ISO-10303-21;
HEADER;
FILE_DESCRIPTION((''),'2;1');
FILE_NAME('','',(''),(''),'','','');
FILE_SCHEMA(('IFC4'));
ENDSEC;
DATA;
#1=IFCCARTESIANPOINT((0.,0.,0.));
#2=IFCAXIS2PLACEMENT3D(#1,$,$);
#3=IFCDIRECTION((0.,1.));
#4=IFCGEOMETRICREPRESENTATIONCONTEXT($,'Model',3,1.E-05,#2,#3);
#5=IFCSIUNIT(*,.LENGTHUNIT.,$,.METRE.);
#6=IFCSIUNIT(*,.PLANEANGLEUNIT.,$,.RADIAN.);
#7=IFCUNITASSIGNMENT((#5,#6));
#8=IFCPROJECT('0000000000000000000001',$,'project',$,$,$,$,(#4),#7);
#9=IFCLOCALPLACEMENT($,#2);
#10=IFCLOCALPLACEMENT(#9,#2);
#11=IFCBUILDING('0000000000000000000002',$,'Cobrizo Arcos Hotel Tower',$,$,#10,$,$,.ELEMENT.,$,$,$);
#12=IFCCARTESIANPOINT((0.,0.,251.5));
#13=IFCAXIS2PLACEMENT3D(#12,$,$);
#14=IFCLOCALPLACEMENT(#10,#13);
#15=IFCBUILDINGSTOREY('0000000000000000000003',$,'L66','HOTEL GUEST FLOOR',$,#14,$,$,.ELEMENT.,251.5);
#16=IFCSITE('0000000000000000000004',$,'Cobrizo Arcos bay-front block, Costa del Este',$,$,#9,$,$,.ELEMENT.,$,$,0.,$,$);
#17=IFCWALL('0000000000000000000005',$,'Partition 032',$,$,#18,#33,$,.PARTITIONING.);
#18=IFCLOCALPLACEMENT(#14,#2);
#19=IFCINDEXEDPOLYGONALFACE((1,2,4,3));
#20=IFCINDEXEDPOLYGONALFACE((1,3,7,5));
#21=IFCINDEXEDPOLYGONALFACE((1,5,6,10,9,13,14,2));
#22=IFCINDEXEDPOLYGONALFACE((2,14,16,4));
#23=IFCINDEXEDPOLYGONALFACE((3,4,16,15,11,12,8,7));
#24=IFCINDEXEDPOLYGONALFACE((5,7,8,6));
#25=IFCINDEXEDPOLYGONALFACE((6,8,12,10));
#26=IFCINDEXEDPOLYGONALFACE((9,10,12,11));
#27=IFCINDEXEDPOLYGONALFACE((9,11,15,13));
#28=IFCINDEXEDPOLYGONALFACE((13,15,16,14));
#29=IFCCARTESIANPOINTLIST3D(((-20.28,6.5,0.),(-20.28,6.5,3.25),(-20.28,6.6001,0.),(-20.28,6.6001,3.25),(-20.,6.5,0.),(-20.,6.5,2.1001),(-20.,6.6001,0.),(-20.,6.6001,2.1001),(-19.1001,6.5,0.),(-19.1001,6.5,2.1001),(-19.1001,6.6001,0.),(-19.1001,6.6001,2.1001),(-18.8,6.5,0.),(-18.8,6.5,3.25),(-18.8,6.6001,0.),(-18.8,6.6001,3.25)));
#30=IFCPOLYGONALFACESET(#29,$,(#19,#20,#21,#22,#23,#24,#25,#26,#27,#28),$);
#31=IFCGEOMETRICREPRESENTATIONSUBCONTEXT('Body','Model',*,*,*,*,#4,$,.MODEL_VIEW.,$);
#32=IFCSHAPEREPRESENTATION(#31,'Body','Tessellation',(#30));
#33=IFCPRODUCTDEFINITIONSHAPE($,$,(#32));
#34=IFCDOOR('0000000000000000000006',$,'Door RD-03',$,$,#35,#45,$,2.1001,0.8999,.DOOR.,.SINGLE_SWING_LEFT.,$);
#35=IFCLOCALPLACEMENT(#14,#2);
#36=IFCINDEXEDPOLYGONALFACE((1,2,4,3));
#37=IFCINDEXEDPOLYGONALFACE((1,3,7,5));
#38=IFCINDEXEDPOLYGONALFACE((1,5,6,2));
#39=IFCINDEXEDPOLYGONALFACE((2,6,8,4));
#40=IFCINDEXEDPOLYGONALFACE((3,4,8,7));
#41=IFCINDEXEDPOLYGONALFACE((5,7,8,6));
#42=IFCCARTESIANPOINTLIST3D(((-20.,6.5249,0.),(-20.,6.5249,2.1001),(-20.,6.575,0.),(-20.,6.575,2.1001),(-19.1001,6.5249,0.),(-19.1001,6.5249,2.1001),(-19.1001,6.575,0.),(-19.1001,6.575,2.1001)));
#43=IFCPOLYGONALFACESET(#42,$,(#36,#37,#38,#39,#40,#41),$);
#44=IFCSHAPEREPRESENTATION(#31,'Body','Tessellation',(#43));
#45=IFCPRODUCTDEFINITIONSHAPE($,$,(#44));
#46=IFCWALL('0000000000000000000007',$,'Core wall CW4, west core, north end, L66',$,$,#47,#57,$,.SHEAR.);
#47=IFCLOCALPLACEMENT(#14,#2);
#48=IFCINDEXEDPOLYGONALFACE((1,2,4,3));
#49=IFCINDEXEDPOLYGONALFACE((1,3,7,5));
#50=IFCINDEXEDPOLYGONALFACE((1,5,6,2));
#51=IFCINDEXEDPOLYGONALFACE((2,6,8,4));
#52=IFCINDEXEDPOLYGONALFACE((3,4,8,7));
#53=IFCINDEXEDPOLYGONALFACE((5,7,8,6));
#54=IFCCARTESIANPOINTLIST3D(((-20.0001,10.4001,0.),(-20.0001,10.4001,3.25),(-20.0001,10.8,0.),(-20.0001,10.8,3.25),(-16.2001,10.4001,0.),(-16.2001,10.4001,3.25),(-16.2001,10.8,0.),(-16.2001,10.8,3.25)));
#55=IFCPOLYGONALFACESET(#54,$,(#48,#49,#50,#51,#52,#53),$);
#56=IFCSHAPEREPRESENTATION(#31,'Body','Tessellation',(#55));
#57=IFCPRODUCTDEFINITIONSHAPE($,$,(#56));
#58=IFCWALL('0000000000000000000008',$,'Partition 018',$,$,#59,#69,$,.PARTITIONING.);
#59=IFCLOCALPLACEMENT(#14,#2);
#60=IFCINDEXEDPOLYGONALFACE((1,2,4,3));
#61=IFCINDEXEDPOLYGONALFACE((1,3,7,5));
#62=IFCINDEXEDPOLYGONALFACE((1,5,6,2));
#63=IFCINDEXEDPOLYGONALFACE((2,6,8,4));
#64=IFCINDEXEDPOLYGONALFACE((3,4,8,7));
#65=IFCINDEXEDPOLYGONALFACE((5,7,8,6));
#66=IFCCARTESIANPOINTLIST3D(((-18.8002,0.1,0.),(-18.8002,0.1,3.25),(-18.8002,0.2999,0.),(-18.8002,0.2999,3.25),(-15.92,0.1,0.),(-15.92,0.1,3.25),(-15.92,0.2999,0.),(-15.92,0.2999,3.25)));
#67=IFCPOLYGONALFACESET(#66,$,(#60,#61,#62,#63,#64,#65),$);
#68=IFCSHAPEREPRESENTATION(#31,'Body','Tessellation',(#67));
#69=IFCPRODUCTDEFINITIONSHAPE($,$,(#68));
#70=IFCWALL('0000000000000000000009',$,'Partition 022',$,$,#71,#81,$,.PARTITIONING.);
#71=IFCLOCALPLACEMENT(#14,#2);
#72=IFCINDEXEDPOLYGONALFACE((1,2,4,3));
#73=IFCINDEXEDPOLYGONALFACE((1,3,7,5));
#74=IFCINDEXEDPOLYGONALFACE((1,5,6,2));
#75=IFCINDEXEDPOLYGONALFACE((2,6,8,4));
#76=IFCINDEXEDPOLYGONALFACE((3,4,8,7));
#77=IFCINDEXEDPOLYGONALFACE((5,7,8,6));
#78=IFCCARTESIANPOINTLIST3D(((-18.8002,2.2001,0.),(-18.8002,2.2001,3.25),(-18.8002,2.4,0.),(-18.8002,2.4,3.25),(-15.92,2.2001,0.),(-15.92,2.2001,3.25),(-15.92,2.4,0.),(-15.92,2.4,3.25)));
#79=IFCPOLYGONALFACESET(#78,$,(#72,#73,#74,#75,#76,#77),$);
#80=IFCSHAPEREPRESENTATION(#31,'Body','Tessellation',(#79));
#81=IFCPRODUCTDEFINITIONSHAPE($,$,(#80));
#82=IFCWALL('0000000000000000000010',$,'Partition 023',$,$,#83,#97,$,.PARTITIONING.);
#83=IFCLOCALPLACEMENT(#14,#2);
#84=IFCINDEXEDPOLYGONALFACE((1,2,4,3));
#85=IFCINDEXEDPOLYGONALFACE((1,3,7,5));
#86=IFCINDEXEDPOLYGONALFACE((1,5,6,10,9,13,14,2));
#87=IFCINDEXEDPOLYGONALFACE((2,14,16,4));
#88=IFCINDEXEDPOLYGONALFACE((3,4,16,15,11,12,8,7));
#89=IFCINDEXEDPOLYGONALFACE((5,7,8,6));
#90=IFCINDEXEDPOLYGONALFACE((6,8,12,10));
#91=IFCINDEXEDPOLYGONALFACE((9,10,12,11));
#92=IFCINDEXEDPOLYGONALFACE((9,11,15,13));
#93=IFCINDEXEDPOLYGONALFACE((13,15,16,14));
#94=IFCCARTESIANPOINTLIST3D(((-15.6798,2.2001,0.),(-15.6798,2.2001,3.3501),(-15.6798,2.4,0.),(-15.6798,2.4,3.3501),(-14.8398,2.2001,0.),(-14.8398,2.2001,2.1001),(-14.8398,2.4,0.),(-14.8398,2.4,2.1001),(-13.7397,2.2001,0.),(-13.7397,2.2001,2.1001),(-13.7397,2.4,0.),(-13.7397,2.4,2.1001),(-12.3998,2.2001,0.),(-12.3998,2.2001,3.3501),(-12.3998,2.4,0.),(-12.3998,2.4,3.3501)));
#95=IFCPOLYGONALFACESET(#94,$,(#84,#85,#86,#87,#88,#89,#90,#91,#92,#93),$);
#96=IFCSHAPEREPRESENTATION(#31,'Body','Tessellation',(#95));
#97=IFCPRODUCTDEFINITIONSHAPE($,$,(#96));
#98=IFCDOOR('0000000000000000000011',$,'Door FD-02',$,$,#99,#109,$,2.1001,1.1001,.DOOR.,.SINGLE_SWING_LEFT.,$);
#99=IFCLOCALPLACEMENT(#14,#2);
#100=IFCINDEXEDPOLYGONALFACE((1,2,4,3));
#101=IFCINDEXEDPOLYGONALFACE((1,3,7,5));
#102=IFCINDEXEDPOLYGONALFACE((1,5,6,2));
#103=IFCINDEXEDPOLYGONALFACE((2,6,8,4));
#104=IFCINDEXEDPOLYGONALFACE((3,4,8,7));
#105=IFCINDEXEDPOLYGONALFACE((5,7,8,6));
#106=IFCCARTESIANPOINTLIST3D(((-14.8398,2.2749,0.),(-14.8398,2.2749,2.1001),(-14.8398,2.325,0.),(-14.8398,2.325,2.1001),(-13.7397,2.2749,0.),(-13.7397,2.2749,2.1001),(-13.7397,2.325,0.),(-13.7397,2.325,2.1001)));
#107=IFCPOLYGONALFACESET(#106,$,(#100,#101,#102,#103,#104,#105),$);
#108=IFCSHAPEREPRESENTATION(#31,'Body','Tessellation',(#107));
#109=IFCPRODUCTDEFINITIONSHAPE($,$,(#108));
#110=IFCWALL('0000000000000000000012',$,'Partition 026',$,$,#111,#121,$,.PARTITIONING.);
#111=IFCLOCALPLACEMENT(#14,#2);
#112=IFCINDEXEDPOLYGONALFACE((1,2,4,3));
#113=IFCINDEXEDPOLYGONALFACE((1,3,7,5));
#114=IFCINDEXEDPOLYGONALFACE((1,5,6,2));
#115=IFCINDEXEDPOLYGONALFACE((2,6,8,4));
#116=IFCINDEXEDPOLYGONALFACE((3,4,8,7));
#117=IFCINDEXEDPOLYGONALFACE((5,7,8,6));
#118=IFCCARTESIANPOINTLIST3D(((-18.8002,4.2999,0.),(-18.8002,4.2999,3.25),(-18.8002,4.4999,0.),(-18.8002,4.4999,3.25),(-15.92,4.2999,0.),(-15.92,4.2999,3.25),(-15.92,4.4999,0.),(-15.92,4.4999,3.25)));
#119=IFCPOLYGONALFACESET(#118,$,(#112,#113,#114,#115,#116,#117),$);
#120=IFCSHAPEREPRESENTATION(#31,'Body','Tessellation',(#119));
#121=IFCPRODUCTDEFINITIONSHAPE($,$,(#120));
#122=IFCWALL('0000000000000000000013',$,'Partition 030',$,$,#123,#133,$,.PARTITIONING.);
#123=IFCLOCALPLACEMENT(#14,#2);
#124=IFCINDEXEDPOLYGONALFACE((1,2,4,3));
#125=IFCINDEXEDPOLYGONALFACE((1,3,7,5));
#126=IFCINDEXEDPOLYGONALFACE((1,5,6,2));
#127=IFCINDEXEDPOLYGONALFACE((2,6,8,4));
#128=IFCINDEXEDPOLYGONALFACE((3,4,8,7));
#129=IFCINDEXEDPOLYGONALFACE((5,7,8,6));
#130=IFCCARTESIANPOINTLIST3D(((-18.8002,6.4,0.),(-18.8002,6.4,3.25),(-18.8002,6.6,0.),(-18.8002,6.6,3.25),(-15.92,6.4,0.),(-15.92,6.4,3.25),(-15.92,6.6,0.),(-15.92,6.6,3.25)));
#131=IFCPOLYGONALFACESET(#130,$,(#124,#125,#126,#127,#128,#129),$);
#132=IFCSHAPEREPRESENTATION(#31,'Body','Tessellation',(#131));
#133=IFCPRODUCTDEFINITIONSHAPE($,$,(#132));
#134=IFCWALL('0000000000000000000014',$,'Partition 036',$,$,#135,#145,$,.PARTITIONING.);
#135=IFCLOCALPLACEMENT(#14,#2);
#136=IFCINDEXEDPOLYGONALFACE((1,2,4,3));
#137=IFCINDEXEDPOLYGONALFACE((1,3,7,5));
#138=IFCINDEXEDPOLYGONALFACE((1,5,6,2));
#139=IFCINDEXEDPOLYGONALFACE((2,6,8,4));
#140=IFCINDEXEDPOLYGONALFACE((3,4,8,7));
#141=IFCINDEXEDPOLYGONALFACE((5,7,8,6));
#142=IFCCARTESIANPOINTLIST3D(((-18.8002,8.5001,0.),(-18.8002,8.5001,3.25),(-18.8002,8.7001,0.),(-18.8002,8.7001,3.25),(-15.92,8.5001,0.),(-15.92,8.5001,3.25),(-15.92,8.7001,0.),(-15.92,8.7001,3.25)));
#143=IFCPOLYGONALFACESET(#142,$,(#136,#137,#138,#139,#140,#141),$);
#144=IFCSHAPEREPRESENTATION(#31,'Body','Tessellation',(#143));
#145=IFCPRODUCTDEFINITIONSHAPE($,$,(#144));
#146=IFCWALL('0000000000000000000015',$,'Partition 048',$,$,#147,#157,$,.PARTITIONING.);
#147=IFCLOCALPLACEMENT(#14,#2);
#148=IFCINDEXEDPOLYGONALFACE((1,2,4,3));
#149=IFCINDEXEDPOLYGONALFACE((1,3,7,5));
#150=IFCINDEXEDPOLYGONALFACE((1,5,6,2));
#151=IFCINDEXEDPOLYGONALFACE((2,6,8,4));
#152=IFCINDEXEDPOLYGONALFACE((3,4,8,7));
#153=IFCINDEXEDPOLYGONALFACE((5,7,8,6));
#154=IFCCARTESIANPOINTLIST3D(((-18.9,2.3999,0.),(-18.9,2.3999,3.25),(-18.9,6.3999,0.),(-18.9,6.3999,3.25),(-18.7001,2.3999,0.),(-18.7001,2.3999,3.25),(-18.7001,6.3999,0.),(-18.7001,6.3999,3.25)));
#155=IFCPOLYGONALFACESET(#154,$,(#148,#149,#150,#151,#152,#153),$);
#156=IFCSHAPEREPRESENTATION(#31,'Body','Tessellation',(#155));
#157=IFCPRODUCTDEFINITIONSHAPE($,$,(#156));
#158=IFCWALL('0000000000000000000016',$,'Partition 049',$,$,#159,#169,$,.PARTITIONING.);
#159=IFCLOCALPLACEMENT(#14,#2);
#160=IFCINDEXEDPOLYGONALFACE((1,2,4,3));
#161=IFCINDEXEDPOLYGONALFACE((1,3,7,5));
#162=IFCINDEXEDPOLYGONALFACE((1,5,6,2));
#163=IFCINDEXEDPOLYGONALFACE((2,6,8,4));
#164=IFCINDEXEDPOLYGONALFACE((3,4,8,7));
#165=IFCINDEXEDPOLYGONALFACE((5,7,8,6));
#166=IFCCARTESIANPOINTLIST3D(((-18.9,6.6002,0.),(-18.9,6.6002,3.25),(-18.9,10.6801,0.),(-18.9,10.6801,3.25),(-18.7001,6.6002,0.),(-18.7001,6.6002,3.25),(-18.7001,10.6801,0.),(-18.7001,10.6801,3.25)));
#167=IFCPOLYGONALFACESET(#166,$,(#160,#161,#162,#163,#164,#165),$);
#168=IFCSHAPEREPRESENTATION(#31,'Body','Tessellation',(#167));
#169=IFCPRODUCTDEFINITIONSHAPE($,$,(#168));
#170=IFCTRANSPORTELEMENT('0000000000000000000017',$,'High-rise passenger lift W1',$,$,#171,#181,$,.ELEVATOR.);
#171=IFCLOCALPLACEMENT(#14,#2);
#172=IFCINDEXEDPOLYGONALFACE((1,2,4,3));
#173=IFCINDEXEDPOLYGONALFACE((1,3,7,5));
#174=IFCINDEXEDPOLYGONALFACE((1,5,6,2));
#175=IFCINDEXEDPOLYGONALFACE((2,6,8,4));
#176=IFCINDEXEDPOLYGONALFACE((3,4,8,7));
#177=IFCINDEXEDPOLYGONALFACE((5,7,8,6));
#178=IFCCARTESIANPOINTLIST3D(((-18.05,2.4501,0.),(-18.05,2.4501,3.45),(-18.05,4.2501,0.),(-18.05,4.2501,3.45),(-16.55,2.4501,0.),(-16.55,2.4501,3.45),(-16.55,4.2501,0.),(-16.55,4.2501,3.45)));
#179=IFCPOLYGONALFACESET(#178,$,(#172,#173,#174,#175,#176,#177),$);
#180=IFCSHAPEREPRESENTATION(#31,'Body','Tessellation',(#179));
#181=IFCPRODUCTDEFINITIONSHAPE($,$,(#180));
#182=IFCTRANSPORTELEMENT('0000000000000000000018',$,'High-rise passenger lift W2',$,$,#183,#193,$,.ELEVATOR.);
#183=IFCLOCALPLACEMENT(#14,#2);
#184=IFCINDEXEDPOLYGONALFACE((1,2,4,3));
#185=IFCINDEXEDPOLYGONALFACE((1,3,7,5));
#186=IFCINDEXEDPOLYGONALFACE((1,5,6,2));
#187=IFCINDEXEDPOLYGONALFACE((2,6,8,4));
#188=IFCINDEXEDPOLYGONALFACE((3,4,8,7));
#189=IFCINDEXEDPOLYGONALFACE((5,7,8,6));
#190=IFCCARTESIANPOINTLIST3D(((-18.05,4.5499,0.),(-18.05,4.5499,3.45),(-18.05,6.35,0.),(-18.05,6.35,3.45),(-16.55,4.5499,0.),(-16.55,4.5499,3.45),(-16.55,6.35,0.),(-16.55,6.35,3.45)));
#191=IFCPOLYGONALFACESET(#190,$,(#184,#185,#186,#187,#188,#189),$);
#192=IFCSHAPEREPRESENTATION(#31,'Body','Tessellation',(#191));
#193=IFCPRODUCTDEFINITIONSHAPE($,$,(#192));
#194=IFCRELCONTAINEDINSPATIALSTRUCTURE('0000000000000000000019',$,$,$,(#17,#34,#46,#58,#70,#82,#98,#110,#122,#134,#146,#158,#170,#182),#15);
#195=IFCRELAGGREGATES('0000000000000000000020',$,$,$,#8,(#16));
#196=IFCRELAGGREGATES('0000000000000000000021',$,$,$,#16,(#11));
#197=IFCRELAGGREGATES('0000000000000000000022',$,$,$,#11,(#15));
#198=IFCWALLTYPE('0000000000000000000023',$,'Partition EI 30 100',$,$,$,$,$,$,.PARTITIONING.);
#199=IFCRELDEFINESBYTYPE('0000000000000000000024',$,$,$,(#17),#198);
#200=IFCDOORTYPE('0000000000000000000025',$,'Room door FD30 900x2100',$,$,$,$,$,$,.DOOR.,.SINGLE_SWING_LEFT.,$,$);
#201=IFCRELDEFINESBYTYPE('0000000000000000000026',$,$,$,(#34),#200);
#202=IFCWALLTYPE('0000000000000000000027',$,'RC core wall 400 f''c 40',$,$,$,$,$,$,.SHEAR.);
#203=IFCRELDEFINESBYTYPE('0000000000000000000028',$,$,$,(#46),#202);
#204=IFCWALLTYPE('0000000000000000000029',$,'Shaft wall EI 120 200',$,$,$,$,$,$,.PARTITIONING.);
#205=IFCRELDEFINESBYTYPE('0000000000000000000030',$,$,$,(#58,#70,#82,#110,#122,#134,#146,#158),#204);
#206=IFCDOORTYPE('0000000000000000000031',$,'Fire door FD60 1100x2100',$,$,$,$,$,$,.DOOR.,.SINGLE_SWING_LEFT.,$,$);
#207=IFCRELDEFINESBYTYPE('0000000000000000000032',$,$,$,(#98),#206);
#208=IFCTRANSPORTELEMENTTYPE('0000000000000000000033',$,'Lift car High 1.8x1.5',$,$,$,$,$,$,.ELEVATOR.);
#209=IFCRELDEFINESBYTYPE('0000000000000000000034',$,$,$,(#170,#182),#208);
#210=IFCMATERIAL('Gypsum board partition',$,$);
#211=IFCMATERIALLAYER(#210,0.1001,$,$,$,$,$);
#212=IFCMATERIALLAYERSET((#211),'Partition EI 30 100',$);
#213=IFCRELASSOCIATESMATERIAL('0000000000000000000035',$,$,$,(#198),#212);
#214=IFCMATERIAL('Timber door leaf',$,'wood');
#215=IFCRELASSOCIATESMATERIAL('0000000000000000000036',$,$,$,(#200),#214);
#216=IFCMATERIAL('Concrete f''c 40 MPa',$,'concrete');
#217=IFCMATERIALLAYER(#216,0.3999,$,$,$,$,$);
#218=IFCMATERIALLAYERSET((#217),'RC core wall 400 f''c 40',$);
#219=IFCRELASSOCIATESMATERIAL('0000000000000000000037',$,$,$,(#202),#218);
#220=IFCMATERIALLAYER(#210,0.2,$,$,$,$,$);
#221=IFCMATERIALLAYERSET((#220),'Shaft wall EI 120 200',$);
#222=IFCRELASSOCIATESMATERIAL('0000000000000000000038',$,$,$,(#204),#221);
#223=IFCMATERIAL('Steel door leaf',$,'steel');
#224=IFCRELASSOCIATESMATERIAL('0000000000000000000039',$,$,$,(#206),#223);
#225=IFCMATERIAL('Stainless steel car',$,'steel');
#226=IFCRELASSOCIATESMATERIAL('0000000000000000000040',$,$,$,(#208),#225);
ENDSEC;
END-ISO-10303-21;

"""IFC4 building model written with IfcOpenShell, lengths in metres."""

from ifc_helpers import new_model, si_unit, direction, frame, frame_2d, origin, origin_2d, place, context, subcontext, project, spatial, rectangle, extrude, material, layer, layer_set, type_object, element, fill, save


model = new_model("IFC4")

# Units and contexts
model_context = context("Model", 3, precision=1e-05, world=origin(), true_north=direction((0.0, 1.0)))
body_context = subcontext(model_context, "Body", "Model", "MODEL_VIEW")
ifc_project = project(units=[si_unit("LENGTHUNIT", "METRE"), si_unit("PLANEANGLEUNIT", "RADIAN")], contexts=[model_context])

# Site, building, storey
site_placement = place(None, origin())
site = spatial("IfcSite", under=ifc_project, at=site_placement, Name="Cobrizo Arcos bay-front block, Costa del Este", CompositionType="ELEMENT", RefElevation=0.0)
building_placement = place(site_placement, origin())
building = spatial("IfcBuilding", under=site, at=building_placement, Name="Cobrizo Arcos Hotel Tower", CompositionType="ELEMENT")
storey_placement = place(building_placement, frame((0.0, 0.0, 251.5)))
storey = spatial("IfcBuildingStorey", under=building, at=storey_placement, Name="L66", Description="HOTEL GUEST FLOOR", CompositionType="ELEMENT", Elevation=251.5)

# Wall, opening, door
ifc_material_1 = material(Name="Gypsum board partition")
ifc_layer_1 = layer(ifc_material_1, 0.1001)
ifc_layer_set_1 = layer_set([ifc_layer_1], Name="Partition EI 30 100")
wall_type_1 = type_object("IfcWallType", Name="Partition EI 30 100", PredefinedType="PARTITIONING", material=ifc_layer_set_1)
ifc_material_2 = material(Name="Timber door leaf", Category="wood")
door_type_1 = type_object("IfcDoorType", Name="Room door FD30 900x2100", OperationType="SINGLE_SWING_LEFT", PredefinedType="DOOR", material=ifc_material_2)
wall_1_placement = place(storey_placement, frame((-20.28, 6.55, 0.0), z_axis=(0.0, 0.0, 1.0), x_axis=(1.0, 0.0, 0.0)))
wall_1 = element("IfcWall", 1, at=wall_1_placement, inside=storey, type_object=wall_type_1, Name="Partition 032", PredefinedType="PARTITIONING", context=body_context, shape_type="SweptSolid", body=[
    extrude(rectangle(XDim=1.48, YDim=0.1001, at=frame_2d((0.74, 0.0))), origin(), (0.0, 0.0, 1.0), 3.25),
])
opening_1_placement = place(wall_1_placement, frame((0.28, 0.0, 0.0)))
opening_1 = element("IfcOpeningElement", 2, at=opening_1_placement, cuts=wall_1, PredefinedType="OPENING", context=body_context, shape_type="SweptSolid", body=[
    extrude(rectangle(XDim=0.8999, YDim=2.1001, at=frame_2d((0.45, 1.05))), frame((0.0, 0.062, 0.0), z_axis=(0.0, -1.0, 0.0), x_axis=(1.0, 0.0, 0.0)), (0.0, 0.0, 1.0), 0.124),
])
door_1_placement = place(opening_1_placement, origin())
door_1 = element("IfcDoor", 3, at=door_1_placement, inside=storey, type_object=door_type_1, Name="Door RD-03", OperationType="SINGLE_SWING_LEFT", OverallHeight=2.1001, OverallWidth=0.8999, PredefinedType="DOOR", context=body_context, shape_type="SweptSolid", body=[
    extrude(rectangle(XDim=0.8999, YDim=2.1001, at=frame_2d((0.45, 1.05))), frame((0.0, 0.0249, 0.0), z_axis=(0.0, -1.0, 0.0), x_axis=(1.0, 0.0, 0.0)), (0.0, 0.0, 1.0), 0.05),
])
fill(opening_1, door_1)

# Walls
ifc_material_3 = material(Name="Concrete f'c 40 MPa", Category="concrete")
ifc_layer_2 = layer(ifc_material_3, 0.3999)
ifc_layer_set_2 = layer_set([ifc_layer_2], Name="RC core wall 400 f'c 40")
wall_type_2 = type_object("IfcWallType", Name="RC core wall 400 f'c 40", PredefinedType="SHEAR", material=ifc_layer_set_2)
wall_2_placement = place(storey_placement, frame((-20.0, 10.6001, 0.0), z_axis=(0.0, 0.0, 1.0), x_axis=(1.0, 0.0, 0.0)))
element("IfcWall", 4, at=wall_2_placement, inside=storey, type_object=wall_type_2, Name="Core wall CW4, west core, north end, L66", PredefinedType="SHEAR", context=body_context, shape_type="SweptSolid", body=[
    extrude(rectangle(XDim=3.8, YDim=0.3999, at=frame_2d((1.8999, 0.0))), origin(), (0.0, 0.0, 1.0), 3.25),
])
ifc_layer_3 = layer(ifc_material_1, 0.2)
ifc_layer_set_3 = layer_set([ifc_layer_3], Name="Shaft wall EI 120 200")
wall_type_3 = type_object("IfcWallType", Name="Shaft wall EI 120 200", PredefinedType="PARTITIONING", material=ifc_layer_set_3)
for number, where, z_axis, x_axis, name in (
    (5, (-18.8, 0.2, 0.0), (0.0, 0.0, 1.0), (1.0, 0.0, 0.0), "Partition 018"),
    (6, (-18.8, 2.3, 0.0), (0.0, 0.0, 1.0), (1.0, 0.0, 0.0), "Partition 022"),
):
    element("IfcWall", number, at=place(storey_placement, frame(where, z_axis=z_axis, x_axis=x_axis)), inside=storey, type_object=wall_type_3, Name=name, PredefinedType="PARTITIONING", context=body_context, shape_type="SweptSolid", body=[
        extrude(rectangle(XDim=2.8801, YDim=0.2, at=frame_2d((1.4399, 0.0))), origin(), (0.0, 0.0, 1.0), 3.25),
    ])

# Wall, opening, door
wall_3_placement = place(storey_placement, frame((-15.6799, 2.3, 0.0), z_axis=(0.0, 0.0, 1.0), x_axis=(1.0, 0.0, 0.0)))
wall_3 = element("IfcWall", 7, at=wall_3_placement, inside=storey, type_object=wall_type_3, Name="Partition 023", PredefinedType="PARTITIONING", context=body_context, shape_type="SweptSolid", body=[
    extrude(rectangle(XDim=3.28, YDim=0.2, at=frame_2d((1.6401, 0.0))), origin(), (0.0, 0.0, 1.0), 3.3501),
])
opening_2_placement = place(wall_3_placement, frame((0.8401, 0.0, 0.0)))
opening_2 = element("IfcOpeningElement", 8, at=opening_2_placement, cuts=wall_3, PredefinedType="OPENING", context=body_context, shape_type="SweptSolid", body=[
    extrude(rectangle(XDim=1.1001, YDim=2.1001, at=frame_2d((0.55, 1.05))), frame((0.0, 0.1121, 0.0), z_axis=(0.0, -1.0, 0.0), x_axis=(1.0, 0.0, 0.0)), (0.0, 0.0, 1.0), 0.2239),
])
ifc_material_4 = material(Name="Steel door leaf", Category="steel")
door_type_2 = type_object("IfcDoorType", Name="Fire door FD60 1100x2100", OperationType="SINGLE_SWING_LEFT", PredefinedType="DOOR", material=ifc_material_4)
door_2_placement = place(opening_2_placement, origin())
door_2 = element("IfcDoor", 9, at=door_2_placement, inside=storey, type_object=door_type_2, Name="Door FD-02", OperationType="SINGLE_SWING_LEFT", OverallHeight=2.1001, OverallWidth=1.1001, PredefinedType="DOOR", context=body_context, shape_type="SweptSolid", body=[
    extrude(rectangle(XDim=1.1001, YDim=2.1001, at=frame_2d((0.55, 1.05))), frame((0.0, 0.0249, 0.0), z_axis=(0.0, -1.0, 0.0), x_axis=(1.0, 0.0, 0.0)), (0.0, 0.0, 1.0), 0.05),
])
fill(opening_2, door_2)

# Walls
for number, where, z_axis, x_axis, name in (
    (10, (-18.8, 4.3999, 0.0), (0.0, 0.0, 1.0), (1.0, 0.0, 0.0), "Partition 026"),
    (11, (-18.8, 6.5, 0.0), (0.0, 0.0, 1.0), (1.0, 0.0, 0.0), "Partition 030"),
    (12, (-18.8, 8.6001, 0.0), (0.0, 0.0, 1.0), (1.0, 0.0, 0.0), "Partition 036"),
):
    element("IfcWall", number, at=place(storey_placement, frame(where, z_axis=z_axis, x_axis=x_axis)), inside=storey, type_object=wall_type_3, Name=name, PredefinedType="PARTITIONING", context=body_context, shape_type="SweptSolid", body=[
        extrude(rectangle(XDim=2.8801, YDim=0.2, at=frame_2d((1.4399, 0.0))), origin(), (0.0, 0.0, 1.0), 3.25),
    ])
wall_4_placement = place(storey_placement, frame((-18.8, 2.3999, 0.0), z_axis=(0.0, 0.0, 1.0), x_axis=(0.0, 1.0, 0.0)))
element("IfcWall", 13, at=wall_4_placement, inside=storey, type_object=wall_type_3, Name="Partition 048", PredefinedType="PARTITIONING", context=body_context, shape_type="SweptSolid", body=[
    extrude(rectangle(XDim=4.0, YDim=0.2, at=frame_2d((2.0, 0.0))), origin(), (0.0, 0.0, 1.0), 3.25),
])
wall_5_placement = place(storey_placement, frame((-18.8, 6.6001, 0.0), z_axis=(0.0, 0.0, 1.0), x_axis=(0.0, 1.0, 0.0)))
element("IfcWall", 14, at=wall_5_placement, inside=storey, type_object=wall_type_3, Name="Partition 049", PredefinedType="PARTITIONING", context=body_context, shape_type="SweptSolid", body=[
    extrude(rectangle(XDim=4.0798, YDim=0.2, at=frame_2d((2.04, 0.0))), origin(), (0.0, 0.0, 1.0), 3.25),
])

# Transport elements
ifc_material_5 = material(Name="Stainless steel car", Category="steel")
transport_element_type = type_object("IfcTransportElementType", Name="Lift car High 1.8x1.5", PredefinedType="ELEVATOR", material=ifc_material_5)
for number, where, z_axis, x_axis, name in (
    (15, (-17.3, 3.3501, 0.0), (0.0, 0.0, 1.0), (1.0, 0.0, 0.0), "High-rise passenger lift W1"),
    (16, (-17.3, 5.45, 0.0), (0.0, 0.0, 1.0), (1.0, 0.0, 0.0), "High-rise passenger lift W2"),
):
    element("IfcTransportElement", number, at=place(storey_placement, frame(where, z_axis=z_axis, x_axis=x_axis)), inside=storey, type_object=transport_element_type, Name=name, PredefinedType="ELEVATOR", context=body_context, shape_type="SweptSolid", body=[
        extrude(rectangle(XDim=1.5, YDim=1.8, at=origin_2d()), origin(), (0.0, 0.0, 1.0), 3.45),
    ])

save(model, "model.ifc")
